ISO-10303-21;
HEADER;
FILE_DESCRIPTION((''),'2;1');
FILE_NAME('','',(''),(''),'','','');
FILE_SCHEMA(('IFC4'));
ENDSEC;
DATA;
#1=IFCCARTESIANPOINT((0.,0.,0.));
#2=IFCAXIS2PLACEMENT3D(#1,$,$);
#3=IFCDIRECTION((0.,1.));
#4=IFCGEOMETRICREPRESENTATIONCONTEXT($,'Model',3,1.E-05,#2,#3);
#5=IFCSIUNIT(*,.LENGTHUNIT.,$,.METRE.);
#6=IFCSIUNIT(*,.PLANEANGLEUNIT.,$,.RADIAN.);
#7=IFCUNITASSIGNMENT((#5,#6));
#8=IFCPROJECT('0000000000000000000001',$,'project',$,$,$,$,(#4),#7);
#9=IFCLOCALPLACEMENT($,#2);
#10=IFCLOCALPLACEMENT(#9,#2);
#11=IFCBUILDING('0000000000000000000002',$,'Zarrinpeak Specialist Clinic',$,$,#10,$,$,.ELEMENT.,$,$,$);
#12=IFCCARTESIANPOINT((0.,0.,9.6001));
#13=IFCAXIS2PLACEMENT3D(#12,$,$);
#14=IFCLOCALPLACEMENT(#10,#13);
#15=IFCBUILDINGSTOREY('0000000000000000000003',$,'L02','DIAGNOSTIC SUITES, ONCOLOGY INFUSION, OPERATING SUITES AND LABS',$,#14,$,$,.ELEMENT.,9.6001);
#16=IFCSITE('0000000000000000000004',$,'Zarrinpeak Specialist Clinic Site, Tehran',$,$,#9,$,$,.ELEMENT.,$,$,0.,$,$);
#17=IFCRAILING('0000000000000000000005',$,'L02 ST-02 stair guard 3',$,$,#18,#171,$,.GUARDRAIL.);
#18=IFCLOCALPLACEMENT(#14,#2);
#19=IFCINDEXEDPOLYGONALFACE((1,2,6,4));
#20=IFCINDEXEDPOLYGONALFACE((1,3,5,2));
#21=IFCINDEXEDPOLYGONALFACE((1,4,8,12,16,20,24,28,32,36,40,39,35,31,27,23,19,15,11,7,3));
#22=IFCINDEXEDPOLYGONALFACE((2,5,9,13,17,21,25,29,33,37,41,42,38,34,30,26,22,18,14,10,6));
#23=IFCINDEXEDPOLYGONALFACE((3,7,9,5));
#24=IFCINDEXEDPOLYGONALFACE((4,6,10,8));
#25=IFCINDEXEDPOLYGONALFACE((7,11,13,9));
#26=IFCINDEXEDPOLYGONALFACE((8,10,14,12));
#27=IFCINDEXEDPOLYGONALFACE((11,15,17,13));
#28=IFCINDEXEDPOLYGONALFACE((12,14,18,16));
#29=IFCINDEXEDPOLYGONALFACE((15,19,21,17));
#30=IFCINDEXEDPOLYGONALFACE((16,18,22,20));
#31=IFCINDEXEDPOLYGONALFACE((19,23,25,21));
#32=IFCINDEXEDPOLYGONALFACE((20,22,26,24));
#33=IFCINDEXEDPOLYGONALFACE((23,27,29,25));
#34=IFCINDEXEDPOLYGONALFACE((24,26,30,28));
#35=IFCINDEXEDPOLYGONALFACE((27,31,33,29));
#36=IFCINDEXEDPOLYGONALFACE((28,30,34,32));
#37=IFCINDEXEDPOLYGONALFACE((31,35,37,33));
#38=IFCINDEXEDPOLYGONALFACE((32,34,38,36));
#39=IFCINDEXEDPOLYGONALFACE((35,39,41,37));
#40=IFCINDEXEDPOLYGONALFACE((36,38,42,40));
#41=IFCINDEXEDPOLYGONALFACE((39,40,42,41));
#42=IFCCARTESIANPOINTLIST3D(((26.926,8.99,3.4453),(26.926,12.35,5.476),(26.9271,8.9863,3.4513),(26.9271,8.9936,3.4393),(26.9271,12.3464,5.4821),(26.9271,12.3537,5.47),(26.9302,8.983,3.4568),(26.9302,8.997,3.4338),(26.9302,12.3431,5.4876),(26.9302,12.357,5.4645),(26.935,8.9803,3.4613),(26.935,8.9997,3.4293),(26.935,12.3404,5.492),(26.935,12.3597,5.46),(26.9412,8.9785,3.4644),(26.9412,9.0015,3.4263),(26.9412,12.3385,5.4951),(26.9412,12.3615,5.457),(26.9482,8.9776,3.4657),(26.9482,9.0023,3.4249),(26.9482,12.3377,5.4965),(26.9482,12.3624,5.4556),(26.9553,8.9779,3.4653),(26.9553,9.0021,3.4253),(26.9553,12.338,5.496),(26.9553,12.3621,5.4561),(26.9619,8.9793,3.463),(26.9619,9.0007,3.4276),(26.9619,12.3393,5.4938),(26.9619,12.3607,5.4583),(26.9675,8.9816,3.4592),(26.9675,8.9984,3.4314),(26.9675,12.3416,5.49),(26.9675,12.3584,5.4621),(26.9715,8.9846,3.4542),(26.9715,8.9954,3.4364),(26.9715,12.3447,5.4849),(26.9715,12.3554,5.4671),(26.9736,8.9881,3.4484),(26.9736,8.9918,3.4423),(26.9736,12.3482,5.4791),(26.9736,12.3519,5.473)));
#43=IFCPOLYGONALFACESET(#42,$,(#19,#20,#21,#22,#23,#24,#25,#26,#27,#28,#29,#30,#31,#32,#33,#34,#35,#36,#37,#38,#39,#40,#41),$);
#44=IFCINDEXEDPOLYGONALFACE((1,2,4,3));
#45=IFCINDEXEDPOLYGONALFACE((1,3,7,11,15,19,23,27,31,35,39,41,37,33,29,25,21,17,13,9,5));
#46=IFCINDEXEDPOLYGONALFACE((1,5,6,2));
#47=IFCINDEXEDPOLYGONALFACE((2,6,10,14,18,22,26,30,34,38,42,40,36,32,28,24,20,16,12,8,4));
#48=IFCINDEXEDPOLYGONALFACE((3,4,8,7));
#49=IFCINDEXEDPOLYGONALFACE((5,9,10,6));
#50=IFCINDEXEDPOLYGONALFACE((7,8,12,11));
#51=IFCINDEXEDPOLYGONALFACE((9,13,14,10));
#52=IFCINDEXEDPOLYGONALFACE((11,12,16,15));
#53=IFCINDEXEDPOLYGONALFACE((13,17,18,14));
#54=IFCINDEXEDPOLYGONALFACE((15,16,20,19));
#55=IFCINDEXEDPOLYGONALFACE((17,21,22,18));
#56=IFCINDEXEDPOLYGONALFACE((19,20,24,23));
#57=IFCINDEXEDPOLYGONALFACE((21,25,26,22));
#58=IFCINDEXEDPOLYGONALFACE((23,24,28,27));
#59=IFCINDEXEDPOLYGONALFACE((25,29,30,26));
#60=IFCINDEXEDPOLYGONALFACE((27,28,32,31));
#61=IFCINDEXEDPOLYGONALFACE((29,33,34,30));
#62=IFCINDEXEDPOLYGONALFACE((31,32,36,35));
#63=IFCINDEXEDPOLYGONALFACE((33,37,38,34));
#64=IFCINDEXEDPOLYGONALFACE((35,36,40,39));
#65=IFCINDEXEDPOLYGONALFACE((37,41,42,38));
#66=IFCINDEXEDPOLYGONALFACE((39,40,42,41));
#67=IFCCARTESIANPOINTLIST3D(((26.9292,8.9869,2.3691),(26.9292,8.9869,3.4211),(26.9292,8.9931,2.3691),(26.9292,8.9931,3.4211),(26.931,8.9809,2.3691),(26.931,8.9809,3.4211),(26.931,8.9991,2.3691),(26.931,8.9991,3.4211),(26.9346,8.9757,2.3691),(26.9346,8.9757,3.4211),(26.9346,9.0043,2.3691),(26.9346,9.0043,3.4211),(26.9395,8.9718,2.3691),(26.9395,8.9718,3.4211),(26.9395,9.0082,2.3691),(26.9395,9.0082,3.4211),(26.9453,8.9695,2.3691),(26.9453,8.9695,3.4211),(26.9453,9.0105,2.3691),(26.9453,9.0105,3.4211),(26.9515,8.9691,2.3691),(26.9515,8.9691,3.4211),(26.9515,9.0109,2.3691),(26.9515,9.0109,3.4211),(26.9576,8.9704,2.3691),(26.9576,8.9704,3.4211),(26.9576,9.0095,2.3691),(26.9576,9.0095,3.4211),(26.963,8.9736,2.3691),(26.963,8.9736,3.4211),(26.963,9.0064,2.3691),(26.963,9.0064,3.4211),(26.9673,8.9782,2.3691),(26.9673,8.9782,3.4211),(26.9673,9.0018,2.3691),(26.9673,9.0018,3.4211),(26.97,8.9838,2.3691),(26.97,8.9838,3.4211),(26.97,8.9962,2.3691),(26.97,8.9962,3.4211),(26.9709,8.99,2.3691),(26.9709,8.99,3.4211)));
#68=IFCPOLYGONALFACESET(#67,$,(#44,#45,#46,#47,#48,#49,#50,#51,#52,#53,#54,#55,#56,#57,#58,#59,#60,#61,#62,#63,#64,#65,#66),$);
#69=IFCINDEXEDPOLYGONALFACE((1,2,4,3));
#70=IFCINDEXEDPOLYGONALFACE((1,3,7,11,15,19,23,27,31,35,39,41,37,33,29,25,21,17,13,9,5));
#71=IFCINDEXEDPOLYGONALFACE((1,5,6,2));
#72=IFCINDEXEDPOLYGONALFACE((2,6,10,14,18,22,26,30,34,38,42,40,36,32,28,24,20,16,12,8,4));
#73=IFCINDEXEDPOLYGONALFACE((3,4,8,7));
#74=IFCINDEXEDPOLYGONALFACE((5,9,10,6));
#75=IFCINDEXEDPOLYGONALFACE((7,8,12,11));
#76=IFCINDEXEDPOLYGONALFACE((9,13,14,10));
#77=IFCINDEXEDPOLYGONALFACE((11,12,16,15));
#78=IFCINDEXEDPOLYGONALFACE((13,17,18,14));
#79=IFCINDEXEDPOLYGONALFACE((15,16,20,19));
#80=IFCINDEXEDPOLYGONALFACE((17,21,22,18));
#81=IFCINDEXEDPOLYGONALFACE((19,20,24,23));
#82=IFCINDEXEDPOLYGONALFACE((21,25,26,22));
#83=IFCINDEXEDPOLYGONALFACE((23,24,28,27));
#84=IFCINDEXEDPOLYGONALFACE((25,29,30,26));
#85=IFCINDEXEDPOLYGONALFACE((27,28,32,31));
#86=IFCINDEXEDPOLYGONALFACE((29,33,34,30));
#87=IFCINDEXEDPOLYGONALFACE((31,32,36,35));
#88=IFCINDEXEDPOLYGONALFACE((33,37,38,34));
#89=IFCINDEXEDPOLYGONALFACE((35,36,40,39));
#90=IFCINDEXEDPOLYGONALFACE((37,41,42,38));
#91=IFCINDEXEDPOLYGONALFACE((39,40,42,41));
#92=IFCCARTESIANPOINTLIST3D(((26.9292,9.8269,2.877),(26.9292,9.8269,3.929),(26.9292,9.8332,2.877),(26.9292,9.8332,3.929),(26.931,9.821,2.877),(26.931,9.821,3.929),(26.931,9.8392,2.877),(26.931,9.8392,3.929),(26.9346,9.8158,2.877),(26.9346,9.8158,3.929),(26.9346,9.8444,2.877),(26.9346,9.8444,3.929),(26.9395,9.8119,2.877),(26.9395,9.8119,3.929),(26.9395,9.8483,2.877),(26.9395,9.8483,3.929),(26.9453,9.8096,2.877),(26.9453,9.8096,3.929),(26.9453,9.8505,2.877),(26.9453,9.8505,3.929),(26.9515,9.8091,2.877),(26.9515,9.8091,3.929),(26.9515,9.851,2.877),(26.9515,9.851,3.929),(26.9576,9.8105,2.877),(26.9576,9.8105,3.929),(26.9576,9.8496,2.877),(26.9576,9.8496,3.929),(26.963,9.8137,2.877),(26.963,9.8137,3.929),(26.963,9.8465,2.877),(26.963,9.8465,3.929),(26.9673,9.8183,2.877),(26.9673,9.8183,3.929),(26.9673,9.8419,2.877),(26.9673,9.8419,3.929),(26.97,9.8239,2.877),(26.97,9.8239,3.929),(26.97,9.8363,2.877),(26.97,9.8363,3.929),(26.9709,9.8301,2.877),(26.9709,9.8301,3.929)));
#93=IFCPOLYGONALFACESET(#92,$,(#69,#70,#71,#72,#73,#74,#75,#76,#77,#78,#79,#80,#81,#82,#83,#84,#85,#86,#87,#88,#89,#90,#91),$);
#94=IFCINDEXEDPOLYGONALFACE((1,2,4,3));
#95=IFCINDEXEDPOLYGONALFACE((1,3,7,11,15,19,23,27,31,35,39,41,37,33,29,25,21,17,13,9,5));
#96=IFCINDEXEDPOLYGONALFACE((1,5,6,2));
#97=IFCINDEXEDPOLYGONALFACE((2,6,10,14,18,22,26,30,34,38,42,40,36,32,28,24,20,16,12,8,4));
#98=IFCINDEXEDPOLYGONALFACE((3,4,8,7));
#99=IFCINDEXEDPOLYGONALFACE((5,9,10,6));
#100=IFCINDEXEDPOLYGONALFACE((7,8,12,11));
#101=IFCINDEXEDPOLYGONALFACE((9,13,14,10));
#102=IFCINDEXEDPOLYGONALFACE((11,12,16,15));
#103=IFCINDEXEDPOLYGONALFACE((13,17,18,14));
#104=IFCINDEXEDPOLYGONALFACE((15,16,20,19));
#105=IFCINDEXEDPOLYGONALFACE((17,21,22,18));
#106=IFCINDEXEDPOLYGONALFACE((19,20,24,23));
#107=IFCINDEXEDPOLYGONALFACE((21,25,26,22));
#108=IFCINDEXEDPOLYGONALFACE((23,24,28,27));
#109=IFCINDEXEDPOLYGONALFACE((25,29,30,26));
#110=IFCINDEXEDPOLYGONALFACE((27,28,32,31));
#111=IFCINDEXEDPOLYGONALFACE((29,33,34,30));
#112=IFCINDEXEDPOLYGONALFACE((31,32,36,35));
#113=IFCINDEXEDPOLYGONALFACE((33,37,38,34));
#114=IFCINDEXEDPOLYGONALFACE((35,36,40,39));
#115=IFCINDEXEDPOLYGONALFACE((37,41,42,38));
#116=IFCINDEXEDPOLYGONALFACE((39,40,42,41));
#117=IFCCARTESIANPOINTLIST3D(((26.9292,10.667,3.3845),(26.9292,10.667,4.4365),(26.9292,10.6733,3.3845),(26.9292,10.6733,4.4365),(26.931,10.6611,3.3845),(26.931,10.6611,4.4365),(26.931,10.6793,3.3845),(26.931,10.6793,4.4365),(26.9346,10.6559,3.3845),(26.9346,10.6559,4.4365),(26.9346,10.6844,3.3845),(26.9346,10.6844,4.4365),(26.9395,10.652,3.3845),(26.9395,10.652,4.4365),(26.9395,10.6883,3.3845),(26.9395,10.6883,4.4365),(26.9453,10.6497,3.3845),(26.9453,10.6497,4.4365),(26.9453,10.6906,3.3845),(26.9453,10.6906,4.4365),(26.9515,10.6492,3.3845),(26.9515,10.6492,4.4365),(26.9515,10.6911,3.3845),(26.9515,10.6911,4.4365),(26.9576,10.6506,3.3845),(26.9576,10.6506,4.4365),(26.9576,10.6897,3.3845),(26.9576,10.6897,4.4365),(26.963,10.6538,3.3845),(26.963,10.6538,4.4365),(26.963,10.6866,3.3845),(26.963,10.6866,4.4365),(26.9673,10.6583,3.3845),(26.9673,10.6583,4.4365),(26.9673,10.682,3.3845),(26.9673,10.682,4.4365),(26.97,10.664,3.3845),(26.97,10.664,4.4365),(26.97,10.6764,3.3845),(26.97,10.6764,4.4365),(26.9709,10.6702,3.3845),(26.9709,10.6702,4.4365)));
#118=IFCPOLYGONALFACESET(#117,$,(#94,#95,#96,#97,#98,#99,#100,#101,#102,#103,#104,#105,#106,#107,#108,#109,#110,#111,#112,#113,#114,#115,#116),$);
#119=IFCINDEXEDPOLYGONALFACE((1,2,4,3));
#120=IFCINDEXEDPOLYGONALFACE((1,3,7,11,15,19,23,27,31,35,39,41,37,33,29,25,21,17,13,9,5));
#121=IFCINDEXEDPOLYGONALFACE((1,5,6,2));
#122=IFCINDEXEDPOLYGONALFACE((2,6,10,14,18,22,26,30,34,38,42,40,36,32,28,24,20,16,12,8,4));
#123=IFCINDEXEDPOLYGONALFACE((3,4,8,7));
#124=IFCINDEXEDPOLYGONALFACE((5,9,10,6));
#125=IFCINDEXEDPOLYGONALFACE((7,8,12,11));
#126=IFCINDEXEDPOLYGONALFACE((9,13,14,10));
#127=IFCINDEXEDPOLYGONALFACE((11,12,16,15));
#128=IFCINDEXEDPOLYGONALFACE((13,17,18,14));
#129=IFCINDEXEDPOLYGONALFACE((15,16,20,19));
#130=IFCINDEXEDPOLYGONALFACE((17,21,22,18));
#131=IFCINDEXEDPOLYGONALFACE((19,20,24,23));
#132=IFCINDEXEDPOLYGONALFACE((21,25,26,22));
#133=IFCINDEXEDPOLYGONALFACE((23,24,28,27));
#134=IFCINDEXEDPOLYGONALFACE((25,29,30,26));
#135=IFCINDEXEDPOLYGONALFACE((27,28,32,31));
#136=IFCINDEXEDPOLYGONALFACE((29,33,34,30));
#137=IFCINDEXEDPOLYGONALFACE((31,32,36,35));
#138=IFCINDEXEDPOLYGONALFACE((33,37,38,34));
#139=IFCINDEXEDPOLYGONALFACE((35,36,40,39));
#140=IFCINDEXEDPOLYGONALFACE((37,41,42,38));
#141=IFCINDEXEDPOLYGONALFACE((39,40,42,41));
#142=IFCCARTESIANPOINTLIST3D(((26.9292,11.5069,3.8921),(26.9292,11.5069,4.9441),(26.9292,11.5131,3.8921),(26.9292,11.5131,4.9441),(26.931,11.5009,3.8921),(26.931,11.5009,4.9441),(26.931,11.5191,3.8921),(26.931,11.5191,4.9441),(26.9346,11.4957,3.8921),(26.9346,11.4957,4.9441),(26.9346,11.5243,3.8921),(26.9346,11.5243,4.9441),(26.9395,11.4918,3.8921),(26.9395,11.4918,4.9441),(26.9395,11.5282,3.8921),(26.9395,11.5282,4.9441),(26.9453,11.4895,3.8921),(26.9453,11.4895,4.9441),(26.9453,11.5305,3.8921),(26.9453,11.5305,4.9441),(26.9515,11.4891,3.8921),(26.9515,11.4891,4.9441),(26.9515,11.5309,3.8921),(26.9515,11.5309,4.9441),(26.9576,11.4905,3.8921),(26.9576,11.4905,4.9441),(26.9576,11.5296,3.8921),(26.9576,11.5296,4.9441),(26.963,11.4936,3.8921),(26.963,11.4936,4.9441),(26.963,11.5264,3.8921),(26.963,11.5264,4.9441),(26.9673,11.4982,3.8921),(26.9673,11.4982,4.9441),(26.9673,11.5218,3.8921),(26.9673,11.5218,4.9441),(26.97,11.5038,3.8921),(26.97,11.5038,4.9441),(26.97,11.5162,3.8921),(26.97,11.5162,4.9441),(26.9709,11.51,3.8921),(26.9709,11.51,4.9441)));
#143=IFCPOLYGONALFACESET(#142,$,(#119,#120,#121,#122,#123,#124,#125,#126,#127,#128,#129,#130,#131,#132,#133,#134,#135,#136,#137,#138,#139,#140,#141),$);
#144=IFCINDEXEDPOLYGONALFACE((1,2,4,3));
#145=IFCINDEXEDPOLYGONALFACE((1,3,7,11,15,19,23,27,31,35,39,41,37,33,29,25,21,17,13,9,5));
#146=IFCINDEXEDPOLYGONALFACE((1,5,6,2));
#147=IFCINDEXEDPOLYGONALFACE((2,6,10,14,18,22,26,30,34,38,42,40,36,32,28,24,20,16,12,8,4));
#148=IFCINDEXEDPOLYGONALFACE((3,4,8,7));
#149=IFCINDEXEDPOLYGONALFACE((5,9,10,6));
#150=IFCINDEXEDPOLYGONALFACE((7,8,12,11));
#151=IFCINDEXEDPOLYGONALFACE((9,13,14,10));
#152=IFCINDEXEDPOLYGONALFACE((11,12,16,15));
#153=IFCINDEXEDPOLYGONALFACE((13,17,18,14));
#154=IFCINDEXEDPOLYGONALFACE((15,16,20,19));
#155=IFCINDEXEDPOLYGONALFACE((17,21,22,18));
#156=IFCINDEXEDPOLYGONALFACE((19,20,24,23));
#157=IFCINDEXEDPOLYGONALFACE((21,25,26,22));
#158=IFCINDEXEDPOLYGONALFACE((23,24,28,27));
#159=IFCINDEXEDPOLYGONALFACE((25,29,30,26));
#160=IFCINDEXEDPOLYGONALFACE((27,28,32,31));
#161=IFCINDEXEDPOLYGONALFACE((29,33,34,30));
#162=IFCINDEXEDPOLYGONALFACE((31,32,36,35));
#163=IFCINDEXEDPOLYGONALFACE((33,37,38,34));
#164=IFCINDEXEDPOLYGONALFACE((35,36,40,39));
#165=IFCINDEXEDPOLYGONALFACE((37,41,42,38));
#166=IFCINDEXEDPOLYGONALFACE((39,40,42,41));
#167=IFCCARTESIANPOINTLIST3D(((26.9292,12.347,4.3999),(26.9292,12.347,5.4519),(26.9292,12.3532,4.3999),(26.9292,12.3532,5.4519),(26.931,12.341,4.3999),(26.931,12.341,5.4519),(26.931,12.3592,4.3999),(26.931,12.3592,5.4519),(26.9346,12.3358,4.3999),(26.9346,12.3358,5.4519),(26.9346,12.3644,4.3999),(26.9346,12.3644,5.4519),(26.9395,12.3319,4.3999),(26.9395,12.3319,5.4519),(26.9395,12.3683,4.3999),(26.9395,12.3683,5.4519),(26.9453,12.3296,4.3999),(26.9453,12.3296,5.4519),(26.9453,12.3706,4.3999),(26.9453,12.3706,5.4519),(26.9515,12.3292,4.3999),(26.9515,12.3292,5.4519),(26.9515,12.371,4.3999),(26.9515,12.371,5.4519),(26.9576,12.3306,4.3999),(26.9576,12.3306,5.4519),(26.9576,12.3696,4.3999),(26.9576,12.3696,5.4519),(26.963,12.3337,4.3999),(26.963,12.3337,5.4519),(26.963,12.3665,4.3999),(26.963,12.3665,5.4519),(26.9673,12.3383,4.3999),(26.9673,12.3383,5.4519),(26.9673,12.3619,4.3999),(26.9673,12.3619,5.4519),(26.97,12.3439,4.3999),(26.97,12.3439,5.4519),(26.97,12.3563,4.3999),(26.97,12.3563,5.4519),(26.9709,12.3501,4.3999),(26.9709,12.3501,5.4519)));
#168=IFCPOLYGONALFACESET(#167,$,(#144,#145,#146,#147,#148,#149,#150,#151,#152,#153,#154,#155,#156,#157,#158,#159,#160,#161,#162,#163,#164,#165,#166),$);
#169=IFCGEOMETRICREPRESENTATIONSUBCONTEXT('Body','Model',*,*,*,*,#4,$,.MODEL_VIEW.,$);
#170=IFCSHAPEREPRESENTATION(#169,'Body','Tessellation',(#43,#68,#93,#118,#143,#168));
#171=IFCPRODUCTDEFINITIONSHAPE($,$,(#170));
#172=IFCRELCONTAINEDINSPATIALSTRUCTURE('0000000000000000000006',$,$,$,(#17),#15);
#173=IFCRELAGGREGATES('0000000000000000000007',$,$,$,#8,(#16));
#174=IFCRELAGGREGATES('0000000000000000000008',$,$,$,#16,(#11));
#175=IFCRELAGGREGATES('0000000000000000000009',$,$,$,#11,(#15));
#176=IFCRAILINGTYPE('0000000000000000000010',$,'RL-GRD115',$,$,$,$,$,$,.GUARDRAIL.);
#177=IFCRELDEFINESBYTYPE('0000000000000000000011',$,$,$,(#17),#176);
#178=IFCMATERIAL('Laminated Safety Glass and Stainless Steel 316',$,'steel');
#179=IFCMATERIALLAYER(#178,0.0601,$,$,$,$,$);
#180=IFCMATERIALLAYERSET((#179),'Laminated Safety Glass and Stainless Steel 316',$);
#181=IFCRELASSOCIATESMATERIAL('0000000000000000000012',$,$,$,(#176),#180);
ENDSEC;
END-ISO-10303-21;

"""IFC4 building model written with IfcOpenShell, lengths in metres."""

from ifc_helpers import new_model, si_unit, direction, frame, origin, origin_2d, place, context, subcontext, project, spatial, circle, extrude, material, layer, layer_set, type_object, element, save


model = new_model("IFC4")

# Units and contexts
model_context = context("Model", 3, precision=1e-05, world=origin(), true_north=direction((0.0, 1.0)))
body_context = subcontext(model_context, "Body", "Model", "MODEL_VIEW")
ifc_project = project(units=[si_unit("LENGTHUNIT", "METRE"), si_unit("PLANEANGLEUNIT", "RADIAN")], contexts=[model_context])

# Site, building, storey
site_placement = place(None, origin())
site = spatial("IfcSite", under=ifc_project, at=site_placement, Name="Zarrinpeak Specialist Clinic Site, Tehran", CompositionType="ELEMENT", RefElevation=0.0)
building_placement = place(site_placement, origin())
building = spatial("IfcBuilding", under=site, at=building_placement, Name="Zarrinpeak Specialist Clinic", CompositionType="ELEMENT")
storey_placement = place(building_placement, frame((0.0, 0.0, 9.6001)))
storey = spatial("IfcBuildingStorey", under=building, at=storey_placement, Name="L02", Description="DIAGNOSTIC SUITES, ONCOLOGY INFUSION, OPERATING SUITES AND LABS", CompositionType="ELEMENT", Elevation=9.6001)

# Railing
ifc_material_1 = material(Name="Laminated Safety Glass and Stainless Steel 316", Category="steel")
ifc_layer_1 = layer(ifc_material_1, 0.0601)
ifc_layer_set_1 = layer_set([ifc_layer_1], Name="Laminated Safety Glass and Stainless Steel 316")
railing_type_1 = type_object("IfcRailingType", Name="RL-GRD115", PredefinedType="GUARDRAIL", material=ifc_layer_set_1)
railing_1_placement = place(storey_placement, frame((26.95, 8.99, 2.3691)))
element("IfcRailing", 1, at=railing_1_placement, inside=storey, type_object=railing_type_1, Name="L02 ST-02 stair guard 3", PredefinedType="GUARDRAIL", context=body_context, shape_type="SweptSolid", body=[
    extrude(circle(Radius=0.0239, at=origin_2d()), frame((0.0, 0.0, 1.0762), z_axis=(0.0, 0.855837, 0.517246), x_axis=(-1.0, 0.0, 0.0)), (0.0, 0.0, 1.0), 3.926),
    extrude(circle(Radius=0.021, at=origin_2d()), origin(), (0.0, 0.0, 1.0), 1.052),
    extrude(circle(Radius=0.021, at=origin_2d()), frame((0.0, 0.8401, 0.5078)), (0.0, 0.0, 1.0), 1.052),
    extrude(circle(Radius=0.021, at=origin_2d()), frame((0.0, 1.6802, 1.0154)), (0.0, 0.0, 1.0), 1.052),
    extrude(circle(Radius=0.021, at=origin_2d()), frame((0.0, 2.52, 1.5229)), (0.0, 0.0, 1.0), 1.052),
    extrude(circle(Radius=0.021, at=origin_2d()), frame((0.0, 3.3601, 2.0308)), (0.0, 0.0, 1.0), 1.052),
])

save(model, "model.ifc")
